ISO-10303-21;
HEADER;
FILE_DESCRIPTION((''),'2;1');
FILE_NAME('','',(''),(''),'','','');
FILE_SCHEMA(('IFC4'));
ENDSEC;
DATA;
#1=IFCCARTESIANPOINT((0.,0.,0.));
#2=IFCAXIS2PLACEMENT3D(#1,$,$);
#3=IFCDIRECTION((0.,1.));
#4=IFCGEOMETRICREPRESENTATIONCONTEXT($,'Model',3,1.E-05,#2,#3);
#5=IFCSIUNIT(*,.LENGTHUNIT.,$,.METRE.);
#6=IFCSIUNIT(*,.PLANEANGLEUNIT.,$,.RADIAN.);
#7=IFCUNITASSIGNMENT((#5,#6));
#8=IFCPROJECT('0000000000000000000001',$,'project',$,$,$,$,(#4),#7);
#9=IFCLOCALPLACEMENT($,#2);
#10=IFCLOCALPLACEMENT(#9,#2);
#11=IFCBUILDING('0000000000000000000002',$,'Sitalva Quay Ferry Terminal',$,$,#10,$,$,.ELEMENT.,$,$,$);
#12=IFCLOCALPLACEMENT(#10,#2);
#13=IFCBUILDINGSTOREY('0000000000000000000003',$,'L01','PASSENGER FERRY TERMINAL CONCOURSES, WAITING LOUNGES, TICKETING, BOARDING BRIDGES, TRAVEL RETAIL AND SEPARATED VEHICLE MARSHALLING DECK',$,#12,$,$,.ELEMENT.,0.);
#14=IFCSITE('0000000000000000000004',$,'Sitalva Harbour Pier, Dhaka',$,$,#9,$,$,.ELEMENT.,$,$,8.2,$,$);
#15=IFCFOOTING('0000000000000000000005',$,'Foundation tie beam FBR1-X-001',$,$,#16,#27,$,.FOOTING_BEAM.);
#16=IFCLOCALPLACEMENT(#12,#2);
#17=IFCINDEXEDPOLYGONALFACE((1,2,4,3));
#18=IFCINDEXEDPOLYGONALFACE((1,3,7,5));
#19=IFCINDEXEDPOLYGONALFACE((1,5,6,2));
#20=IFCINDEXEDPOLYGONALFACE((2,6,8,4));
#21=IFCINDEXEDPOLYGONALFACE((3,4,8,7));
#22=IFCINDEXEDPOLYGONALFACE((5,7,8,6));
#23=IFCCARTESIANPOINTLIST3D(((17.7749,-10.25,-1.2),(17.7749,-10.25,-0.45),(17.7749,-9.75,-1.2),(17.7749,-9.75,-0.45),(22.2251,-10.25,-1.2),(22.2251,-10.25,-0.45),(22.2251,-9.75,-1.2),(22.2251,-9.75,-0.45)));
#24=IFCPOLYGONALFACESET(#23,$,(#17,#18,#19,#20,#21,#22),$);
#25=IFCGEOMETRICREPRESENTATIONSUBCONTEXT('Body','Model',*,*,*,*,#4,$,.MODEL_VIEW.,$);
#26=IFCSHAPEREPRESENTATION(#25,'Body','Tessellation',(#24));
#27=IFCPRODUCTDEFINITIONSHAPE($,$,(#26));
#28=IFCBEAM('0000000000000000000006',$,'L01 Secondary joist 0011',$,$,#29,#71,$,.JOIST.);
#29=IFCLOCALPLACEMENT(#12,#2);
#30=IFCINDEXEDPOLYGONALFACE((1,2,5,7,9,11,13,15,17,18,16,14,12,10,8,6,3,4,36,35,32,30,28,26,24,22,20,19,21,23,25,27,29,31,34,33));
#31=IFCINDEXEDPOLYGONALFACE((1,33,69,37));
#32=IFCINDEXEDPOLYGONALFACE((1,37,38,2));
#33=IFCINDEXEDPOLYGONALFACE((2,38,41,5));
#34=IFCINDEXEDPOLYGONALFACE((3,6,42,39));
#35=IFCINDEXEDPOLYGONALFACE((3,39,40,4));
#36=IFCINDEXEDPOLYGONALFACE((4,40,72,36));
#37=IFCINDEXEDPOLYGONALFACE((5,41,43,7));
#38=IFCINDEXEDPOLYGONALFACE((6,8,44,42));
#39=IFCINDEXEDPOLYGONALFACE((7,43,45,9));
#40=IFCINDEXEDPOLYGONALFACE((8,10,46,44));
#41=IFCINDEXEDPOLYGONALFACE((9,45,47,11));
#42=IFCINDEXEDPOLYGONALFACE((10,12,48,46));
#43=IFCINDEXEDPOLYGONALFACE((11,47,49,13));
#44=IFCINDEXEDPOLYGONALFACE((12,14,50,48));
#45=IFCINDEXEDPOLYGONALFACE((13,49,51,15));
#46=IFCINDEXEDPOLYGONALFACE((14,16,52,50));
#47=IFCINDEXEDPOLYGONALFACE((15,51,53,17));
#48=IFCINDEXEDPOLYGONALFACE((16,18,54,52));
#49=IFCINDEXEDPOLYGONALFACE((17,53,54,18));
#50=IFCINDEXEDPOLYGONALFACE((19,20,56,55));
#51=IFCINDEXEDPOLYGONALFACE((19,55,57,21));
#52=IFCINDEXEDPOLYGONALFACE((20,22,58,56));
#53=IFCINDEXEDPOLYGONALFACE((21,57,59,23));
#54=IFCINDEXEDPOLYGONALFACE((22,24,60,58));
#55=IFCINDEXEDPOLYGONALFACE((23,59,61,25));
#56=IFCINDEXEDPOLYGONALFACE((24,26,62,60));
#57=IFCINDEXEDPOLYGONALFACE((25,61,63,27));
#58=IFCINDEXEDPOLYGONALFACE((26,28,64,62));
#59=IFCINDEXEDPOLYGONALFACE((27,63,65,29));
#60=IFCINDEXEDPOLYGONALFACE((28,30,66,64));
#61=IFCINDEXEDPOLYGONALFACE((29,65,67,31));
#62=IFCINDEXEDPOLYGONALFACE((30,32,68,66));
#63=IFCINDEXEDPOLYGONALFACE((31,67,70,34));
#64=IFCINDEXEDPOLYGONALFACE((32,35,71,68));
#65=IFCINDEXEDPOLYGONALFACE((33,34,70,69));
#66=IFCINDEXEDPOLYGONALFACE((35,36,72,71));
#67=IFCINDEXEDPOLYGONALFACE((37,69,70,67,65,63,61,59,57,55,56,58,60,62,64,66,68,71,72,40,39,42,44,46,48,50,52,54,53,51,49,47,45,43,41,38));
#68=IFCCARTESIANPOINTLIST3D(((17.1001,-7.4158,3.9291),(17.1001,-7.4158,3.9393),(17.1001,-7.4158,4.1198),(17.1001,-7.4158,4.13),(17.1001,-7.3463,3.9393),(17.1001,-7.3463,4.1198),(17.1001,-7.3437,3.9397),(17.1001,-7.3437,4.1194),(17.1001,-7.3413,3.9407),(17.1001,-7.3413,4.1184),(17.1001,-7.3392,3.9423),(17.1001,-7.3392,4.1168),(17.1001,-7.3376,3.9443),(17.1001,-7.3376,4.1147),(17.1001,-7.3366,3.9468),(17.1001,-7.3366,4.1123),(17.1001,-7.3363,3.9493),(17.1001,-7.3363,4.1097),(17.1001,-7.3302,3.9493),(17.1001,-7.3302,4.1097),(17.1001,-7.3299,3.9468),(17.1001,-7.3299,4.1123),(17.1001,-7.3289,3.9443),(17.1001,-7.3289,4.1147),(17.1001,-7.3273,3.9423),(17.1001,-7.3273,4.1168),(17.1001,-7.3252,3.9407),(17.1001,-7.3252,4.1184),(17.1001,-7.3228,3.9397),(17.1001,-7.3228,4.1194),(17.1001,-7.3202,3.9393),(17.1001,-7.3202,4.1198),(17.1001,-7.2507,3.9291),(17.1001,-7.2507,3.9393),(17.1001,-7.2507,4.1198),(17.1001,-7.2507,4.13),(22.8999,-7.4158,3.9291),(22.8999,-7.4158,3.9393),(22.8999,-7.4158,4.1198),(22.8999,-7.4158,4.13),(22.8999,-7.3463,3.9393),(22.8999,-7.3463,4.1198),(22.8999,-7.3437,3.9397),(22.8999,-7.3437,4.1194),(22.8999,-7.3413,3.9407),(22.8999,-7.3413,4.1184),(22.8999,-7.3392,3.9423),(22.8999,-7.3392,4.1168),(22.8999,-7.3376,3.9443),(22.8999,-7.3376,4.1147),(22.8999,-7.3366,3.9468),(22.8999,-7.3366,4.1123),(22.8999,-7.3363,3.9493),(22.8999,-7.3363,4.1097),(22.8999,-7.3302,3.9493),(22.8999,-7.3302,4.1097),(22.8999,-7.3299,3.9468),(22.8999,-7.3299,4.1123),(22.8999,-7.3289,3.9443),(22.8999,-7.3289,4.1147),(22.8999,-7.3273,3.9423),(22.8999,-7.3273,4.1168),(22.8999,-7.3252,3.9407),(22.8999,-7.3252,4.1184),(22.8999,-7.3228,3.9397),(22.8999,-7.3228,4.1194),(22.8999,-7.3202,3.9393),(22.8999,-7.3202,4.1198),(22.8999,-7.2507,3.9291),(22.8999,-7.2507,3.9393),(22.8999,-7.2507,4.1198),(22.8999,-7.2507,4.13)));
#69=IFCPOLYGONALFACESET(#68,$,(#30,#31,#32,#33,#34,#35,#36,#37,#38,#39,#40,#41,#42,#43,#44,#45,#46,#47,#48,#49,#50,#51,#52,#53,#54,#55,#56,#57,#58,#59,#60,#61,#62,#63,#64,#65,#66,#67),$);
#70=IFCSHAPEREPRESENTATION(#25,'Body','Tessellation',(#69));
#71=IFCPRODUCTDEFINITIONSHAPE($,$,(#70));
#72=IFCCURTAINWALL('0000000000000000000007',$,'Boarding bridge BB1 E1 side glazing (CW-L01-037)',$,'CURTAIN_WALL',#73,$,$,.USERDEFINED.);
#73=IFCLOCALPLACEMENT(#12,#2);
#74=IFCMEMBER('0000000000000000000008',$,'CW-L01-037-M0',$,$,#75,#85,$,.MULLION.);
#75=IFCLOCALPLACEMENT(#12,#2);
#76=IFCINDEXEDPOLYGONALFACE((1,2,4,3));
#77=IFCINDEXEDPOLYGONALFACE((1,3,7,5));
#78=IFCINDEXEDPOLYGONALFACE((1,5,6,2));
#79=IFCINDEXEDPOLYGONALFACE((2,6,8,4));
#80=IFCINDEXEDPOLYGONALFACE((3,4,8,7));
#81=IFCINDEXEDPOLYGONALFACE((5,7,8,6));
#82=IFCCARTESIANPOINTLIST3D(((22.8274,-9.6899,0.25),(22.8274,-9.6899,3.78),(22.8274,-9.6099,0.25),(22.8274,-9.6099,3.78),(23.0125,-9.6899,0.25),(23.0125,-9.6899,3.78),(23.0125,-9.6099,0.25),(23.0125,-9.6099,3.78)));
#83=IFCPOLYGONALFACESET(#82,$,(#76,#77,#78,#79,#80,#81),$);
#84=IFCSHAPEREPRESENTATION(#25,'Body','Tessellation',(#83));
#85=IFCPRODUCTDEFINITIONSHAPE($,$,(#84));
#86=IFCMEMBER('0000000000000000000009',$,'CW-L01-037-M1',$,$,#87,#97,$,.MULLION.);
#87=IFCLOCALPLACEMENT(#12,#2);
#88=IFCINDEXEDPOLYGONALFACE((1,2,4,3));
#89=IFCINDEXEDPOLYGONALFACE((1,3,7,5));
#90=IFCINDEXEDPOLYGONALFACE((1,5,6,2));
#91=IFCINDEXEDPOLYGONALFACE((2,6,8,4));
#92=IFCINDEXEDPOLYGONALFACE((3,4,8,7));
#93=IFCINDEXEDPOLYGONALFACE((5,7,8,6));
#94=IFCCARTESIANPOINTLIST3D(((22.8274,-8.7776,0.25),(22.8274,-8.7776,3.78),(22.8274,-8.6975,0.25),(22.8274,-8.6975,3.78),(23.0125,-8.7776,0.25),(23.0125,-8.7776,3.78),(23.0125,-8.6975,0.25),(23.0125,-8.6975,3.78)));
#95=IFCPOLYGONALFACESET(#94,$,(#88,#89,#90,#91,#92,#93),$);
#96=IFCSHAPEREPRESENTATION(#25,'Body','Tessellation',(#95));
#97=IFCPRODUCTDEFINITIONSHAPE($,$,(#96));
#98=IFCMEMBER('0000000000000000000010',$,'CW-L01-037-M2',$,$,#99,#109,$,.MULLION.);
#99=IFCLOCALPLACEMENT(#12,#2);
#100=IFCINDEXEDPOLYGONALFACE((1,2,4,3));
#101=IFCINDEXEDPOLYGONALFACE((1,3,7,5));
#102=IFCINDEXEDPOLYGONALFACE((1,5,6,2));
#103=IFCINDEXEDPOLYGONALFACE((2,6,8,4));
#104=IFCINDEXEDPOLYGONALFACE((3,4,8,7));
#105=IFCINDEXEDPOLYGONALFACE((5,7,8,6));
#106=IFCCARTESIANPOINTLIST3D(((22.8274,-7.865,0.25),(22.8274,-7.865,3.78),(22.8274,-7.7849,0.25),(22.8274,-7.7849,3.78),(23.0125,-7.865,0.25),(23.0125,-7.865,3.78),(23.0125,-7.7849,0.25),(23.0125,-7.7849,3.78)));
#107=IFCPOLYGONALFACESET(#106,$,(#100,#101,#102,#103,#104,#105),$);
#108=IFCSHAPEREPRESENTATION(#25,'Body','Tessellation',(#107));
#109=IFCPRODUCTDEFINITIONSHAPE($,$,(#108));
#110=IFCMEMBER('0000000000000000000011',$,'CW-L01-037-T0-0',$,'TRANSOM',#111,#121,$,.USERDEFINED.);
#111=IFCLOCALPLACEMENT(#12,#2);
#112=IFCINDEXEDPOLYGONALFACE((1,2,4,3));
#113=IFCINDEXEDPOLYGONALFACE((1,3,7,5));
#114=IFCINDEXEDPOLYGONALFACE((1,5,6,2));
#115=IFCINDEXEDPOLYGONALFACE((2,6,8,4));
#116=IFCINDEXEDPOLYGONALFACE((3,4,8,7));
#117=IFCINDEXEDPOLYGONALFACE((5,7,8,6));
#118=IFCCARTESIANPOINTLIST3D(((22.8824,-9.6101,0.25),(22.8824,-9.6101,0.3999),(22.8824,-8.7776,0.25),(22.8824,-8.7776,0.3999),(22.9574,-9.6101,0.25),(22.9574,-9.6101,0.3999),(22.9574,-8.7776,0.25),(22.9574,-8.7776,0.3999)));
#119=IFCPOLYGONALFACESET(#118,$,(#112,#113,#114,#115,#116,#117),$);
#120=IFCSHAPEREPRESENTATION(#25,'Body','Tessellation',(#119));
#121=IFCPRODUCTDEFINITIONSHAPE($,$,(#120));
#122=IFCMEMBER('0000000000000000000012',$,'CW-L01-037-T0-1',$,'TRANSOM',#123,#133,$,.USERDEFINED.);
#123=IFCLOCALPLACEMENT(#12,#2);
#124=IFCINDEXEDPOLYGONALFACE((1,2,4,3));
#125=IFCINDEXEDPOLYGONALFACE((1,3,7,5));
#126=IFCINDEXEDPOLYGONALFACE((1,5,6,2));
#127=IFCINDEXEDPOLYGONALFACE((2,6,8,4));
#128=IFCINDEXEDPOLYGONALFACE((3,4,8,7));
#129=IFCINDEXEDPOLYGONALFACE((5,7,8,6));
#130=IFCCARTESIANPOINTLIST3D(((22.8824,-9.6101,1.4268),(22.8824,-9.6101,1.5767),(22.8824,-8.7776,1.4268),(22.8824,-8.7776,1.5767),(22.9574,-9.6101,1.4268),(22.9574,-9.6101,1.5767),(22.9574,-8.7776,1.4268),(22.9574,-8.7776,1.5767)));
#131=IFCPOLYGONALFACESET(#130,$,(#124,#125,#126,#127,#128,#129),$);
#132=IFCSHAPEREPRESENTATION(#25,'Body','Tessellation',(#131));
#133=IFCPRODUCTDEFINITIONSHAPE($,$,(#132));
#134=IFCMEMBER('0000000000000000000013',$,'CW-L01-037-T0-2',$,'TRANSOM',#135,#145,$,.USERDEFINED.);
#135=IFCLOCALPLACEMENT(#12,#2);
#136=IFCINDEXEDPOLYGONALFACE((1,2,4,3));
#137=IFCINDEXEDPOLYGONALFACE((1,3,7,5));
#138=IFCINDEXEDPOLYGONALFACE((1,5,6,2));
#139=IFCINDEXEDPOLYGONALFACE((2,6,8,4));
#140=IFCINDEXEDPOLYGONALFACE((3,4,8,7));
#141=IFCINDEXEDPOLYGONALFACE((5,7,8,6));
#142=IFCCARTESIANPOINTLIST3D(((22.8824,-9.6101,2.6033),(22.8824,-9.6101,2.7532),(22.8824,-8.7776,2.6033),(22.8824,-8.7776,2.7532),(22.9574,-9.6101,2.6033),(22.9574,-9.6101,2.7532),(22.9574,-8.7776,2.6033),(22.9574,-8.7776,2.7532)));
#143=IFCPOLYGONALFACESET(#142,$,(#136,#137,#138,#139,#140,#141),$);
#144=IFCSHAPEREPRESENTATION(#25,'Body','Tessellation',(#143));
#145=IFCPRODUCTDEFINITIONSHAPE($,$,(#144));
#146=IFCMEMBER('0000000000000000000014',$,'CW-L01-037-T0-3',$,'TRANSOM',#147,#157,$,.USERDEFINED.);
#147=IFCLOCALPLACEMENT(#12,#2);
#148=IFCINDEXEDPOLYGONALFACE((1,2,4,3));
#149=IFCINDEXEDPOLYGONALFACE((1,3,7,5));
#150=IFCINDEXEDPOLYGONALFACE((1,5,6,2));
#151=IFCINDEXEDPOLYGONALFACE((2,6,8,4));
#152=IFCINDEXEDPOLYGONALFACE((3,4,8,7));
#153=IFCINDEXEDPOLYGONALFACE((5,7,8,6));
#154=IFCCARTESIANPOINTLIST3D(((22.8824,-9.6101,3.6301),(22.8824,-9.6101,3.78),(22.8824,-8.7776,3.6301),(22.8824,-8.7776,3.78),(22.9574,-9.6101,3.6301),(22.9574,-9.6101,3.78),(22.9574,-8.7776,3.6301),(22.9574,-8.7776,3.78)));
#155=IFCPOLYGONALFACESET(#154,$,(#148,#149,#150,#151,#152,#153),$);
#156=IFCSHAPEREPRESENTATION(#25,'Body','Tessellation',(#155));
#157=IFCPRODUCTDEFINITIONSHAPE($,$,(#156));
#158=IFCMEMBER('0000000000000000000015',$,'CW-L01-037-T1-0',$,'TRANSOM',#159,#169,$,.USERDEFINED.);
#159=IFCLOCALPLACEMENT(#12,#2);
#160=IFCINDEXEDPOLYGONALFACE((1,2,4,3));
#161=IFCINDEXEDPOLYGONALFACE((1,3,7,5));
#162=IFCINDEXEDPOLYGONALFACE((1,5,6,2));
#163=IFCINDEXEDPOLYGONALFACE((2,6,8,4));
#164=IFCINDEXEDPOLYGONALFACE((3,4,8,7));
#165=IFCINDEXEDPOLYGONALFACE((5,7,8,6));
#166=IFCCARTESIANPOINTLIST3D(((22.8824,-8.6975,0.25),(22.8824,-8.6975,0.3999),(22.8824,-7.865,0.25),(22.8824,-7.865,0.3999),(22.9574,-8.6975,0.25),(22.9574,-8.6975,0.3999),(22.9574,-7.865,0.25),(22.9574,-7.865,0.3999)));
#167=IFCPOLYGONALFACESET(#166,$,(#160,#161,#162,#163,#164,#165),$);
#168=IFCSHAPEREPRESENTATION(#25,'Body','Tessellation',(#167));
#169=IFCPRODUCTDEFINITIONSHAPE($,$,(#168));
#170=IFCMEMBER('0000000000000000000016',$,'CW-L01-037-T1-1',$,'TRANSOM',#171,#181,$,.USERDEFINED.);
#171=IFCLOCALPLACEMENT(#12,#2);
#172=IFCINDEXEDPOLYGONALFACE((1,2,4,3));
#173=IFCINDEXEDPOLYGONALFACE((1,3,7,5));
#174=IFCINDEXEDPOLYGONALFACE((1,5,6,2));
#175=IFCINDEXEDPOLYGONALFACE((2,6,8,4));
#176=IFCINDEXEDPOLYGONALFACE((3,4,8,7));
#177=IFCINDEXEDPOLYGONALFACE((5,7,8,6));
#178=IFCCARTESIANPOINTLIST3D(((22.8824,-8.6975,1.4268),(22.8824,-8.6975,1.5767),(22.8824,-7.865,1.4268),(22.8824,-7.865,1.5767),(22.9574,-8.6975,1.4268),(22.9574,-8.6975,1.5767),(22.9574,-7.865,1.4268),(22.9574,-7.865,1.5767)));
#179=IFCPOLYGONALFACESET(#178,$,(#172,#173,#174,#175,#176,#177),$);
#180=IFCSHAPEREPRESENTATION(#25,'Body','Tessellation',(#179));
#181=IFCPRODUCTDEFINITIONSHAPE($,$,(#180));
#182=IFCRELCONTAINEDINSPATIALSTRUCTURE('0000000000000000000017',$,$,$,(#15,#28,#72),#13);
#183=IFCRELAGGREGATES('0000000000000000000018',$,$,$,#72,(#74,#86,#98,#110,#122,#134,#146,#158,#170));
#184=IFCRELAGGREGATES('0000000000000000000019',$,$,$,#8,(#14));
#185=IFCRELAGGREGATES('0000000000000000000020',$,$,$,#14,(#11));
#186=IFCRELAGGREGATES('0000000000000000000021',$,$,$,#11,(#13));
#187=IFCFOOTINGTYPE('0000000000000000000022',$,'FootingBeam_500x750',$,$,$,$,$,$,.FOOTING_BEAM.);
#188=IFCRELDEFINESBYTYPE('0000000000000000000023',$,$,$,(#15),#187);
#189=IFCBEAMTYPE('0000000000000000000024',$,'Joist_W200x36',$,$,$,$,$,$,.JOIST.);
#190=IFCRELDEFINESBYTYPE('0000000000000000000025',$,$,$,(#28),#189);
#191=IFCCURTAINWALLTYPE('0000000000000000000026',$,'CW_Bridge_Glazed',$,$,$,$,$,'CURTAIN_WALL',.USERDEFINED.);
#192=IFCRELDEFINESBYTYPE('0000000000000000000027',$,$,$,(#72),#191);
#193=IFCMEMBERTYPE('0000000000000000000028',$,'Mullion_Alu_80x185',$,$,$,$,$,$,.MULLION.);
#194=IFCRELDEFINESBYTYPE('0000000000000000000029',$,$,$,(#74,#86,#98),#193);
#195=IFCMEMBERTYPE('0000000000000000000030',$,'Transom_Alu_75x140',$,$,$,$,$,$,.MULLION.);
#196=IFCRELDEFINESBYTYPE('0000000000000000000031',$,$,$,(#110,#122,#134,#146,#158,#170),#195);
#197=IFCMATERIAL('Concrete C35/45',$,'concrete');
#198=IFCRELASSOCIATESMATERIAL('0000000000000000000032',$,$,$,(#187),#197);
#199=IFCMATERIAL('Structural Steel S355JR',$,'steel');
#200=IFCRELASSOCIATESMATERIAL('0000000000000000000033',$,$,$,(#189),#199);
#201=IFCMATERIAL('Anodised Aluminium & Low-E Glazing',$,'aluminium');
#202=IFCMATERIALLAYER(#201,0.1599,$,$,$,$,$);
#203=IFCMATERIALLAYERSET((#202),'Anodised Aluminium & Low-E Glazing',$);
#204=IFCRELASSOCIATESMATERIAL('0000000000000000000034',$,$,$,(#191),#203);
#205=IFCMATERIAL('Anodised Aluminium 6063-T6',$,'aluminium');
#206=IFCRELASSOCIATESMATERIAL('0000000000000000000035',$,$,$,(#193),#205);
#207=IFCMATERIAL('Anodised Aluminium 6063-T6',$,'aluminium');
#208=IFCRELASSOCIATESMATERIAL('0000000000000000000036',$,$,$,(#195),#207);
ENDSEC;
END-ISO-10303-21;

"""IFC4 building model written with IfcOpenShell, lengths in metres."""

from ifc_helpers import new_model, si_unit, direction, frame, origin, origin_2d, place, context, subcontext, project, spatial, rectangle, i_section, extrude, material, layer, layer_set, material_profile, profile_set, type_object, element, aggregate, save


model = new_model("IFC4")

# Units and contexts
model_context = context("Model", 3, precision=1e-05, world=origin(), true_north=direction((0.0, 1.0)))
body_context = subcontext(model_context, "Body", "Model", "MODEL_VIEW")
ifc_project = project(units=[si_unit("LENGTHUNIT", "METRE"), si_unit("PLANEANGLEUNIT", "RADIAN")], contexts=[model_context])

# Site, building, storey
site_placement = place(None, origin())
site = spatial("IfcSite", under=ifc_project, at=site_placement, Name="Sitalva Harbour Pier, Dhaka", CompositionType="ELEMENT", RefElevation=8.2)
building_placement = place(site_placement, origin())
building = spatial("IfcBuilding", under=site, at=building_placement, Name="Sitalva Quay Ferry Terminal", CompositionType="ELEMENT")
storey_placement = place(building_placement, origin())
storey = spatial("IfcBuildingStorey", under=building, at=storey_placement, Name="L01", Description="PASSENGER FERRY TERMINAL CONCOURSES, WAITING LOUNGES, TICKETING, BOARDING BRIDGES, TRAVEL RETAIL AND SEPARATED VEHICLE MARSHALLING DECK", CompositionType="ELEMENT", Elevation=0.0)

# Footing
ifc_material_1 = material(Name="Concrete C35/45", Category="concrete")
ifc_material_profile_1 = material_profile(ifc_material_1, rectangle(XDim=0.5, YDim=0.75, at=origin_2d()), Name="RC500x750")
ifc_profile_set_1 = profile_set([ifc_material_profile_1], Name="Concrete C35/45")
footing_type = type_object("IfcFootingType", Name="FootingBeam_500x750", PredefinedType="FOOTING_BEAM", material=ifc_profile_set_1)
footing_placement = place(storey_placement, frame((17.7749, -10.0, -0.825), z_axis=(1.0, 0.0, 0.0), x_axis=(0.0, 1.0, 0.0)))
element("IfcFooting", 1, at=footing_placement, inside=storey, type_object=footing_type, Name="Foundation tie beam FBR1-X-001", PredefinedType="FOOTING_BEAM", context=body_context, shape_type="SweptSolid", body=[
    extrude(rectangle(XDim=0.5, YDim=0.75, at=origin_2d()), origin(), (0.0, 0.0, 1.0), 4.4502),
])

# Beam
ifc_material_2 = material(Name="Structural Steel S355JR", Category="steel")
ifc_material_profile_2 = material_profile(ifc_material_2, i_section(OverallWidth=0.165, OverallDepth=0.2009, WebThickness=0.0061, FlangeThickness=0.0103, FilletRadius=0.01, at=origin_2d()), Name="W200x36")
ifc_profile_set_2 = profile_set([ifc_material_profile_2], Name="Structural Steel S355JR")
beam_type = type_object("IfcBeamType", Name="Joist_W200x36", PredefinedType="JOIST", material=ifc_profile_set_2)
beam_placement = place(storey_placement, frame((17.1001, -7.3333, 4.0295), z_axis=(1.0, 0.0, 0.0), x_axis=(0.0, 1.0, 0.0)))
element("IfcBeam", 2, at=beam_placement, inside=storey, type_object=beam_type, Name="L01 Secondary joist 0011", PredefinedType="JOIST", context=body_context, shape_type="SweptSolid", body=[
    extrude(i_section(OverallWidth=0.165, OverallDepth=0.2009, WebThickness=0.0061, FlangeThickness=0.0103, FilletRadius=0.01, at=origin_2d()), origin(), (0.0, 0.0, 1.0), 5.7998),
])

# Curtain wall, members
ifc_material_3 = material(Name="Anodised Aluminium & Low-E Glazing", Category="aluminium")
ifc_layer_1 = layer(ifc_material_3, 0.1599)
ifc_layer_set_1 = layer_set([ifc_layer_1], Name="Anodised Aluminium & Low-E Glazing")
curtain_wall_type = type_object("IfcCurtainWallType", Name="CW_Bridge_Glazed", ElementType="CURTAIN_WALL", PredefinedType="USERDEFINED", material=ifc_layer_set_1)
curtain_wall_placement = place(storey_placement, origin())
curtain_wall = element("IfcCurtainWall", 3, at=curtain_wall_placement, inside=storey, type_object=curtain_wall_type, Name="Boarding bridge BB1 E1 side glazing (CW-L01-037)", ObjectType="CURTAIN_WALL", PredefinedType="USERDEFINED")
ifc_material_4 = material(Name="Anodised Aluminium 6063-T6", Category="aluminium")
ifc_material_profile_3 = material_profile(ifc_material_4, rectangle(XDim=0.0801, YDim=0.1851, at=origin_2d()), Name="ALU80x185")
ifc_profile_set_3 = profile_set([ifc_material_profile_3], Name="Anodised Aluminium 6063-T6")
member_type_1 = type_object("IfcMemberType", Name="Mullion_Alu_80x185", PredefinedType="MULLION", material=ifc_profile_set_3)
member_1_placement = place(storey_placement, frame((22.9199, -9.6499, 0.25), z_axis=(0.0, 0.0, 1.0), x_axis=(0.0, 1.0, 0.0)))
member_1 = element("IfcMember", 4, at=member_1_placement, type_object=member_type_1, Name="CW-L01-037-M0", PredefinedType="MULLION", context=body_context, shape_type="SweptSolid", body=[
    extrude(rectangle(XDim=0.0801, YDim=0.1851, at=origin_2d()), origin(), (0.0, 0.0, 1.0), 3.53),
])
member_2_placement = place(storey_placement, frame((22.9199, -8.7375, 0.25), z_axis=(0.0, 0.0, 1.0), x_axis=(0.0, 1.0, 0.0)))
member_2 = element("IfcMember", 5, at=member_2_placement, type_object=member_type_1, Name="CW-L01-037-M1", PredefinedType="MULLION", context=body_context, shape_type="SweptSolid", body=[
    extrude(rectangle(XDim=0.0801, YDim=0.1851, at=origin_2d()), origin(), (0.0, 0.0, 1.0), 3.53),
])
member_3_placement = place(storey_placement, frame((22.9199, -7.825, 0.25), z_axis=(0.0, 0.0, 1.0), x_axis=(0.0, 1.0, 0.0)))
member_3 = element("IfcMember", 6, at=member_3_placement, type_object=member_type_1, Name="CW-L01-037-M2", PredefinedType="MULLION", context=body_context, shape_type="SweptSolid", body=[
    extrude(rectangle(XDim=0.0801, YDim=0.1851, at=origin_2d()), origin(), (0.0, 0.0, 1.0), 3.53),
])
ifc_material_5 = material(Name="Anodised Aluminium 6063-T6", Category="aluminium")
ifc_material_profile_4 = material_profile(ifc_material_5, rectangle(XDim=0.075, YDim=0.1499, at=origin_2d()), Name="ALU75x150")
ifc_profile_set_4 = profile_set([ifc_material_profile_4], Name="Anodised Aluminium 6063-T6")
member_type_2 = type_object("IfcMemberType", Name="Transom_Alu_75x140", PredefinedType="MULLION", material=ifc_profile_set_4)
member_4_placement = place(storey_placement, frame((22.9199, -9.6101, 0.325), z_axis=(0.0, 1.0, 0.0), x_axis=(-1.0, 0.0, 0.0)))
member_4 = element("IfcMember", 7, at=member_4_placement, type_object=member_type_2, Name="CW-L01-037-T0-0", ObjectType="TRANSOM", PredefinedType="USERDEFINED", context=body_context, shape_type="SweptSolid", body=[
    extrude(rectangle(XDim=0.075, YDim=0.1499, at=origin_2d()), origin(), (0.0, 0.0, 1.0), 0.8325),
])
member_5_placement = place(storey_placement, frame((22.9199, -9.6101, 1.5017), z_axis=(0.0, 1.0, 0.0), x_axis=(-1.0, 0.0, 0.0)))
member_5 = element("IfcMember", 8, at=member_5_placement, type_object=member_type_2, Name="CW-L01-037-T0-1", ObjectType="TRANSOM", PredefinedType="USERDEFINED", context=body_context, shape_type="SweptSolid", body=[
    extrude(rectangle(XDim=0.075, YDim=0.1499, at=origin_2d()), origin(), (0.0, 0.0, 1.0), 0.8325),
])
member_6_placement = place(storey_placement, frame((22.9199, -9.6101, 2.6782), z_axis=(0.0, 1.0, 0.0), x_axis=(-1.0, 0.0, 0.0)))
member_6 = element("IfcMember", 9, at=member_6_placement, type_object=member_type_2, Name="CW-L01-037-T0-2", ObjectType="TRANSOM", PredefinedType="USERDEFINED", context=body_context, shape_type="SweptSolid", body=[
    extrude(rectangle(XDim=0.075, YDim=0.1499, at=origin_2d()), origin(), (0.0, 0.0, 1.0), 0.8325),
])
member_7_placement = place(storey_placement, frame((22.9199, -9.6101, 3.7051), z_axis=(0.0, 1.0, 0.0), x_axis=(-1.0, 0.0, 0.0)))
member_7 = element("IfcMember", 10, at=member_7_placement, type_object=member_type_2, Name="CW-L01-037-T0-3", ObjectType="TRANSOM", PredefinedType="USERDEFINED", context=body_context, shape_type="SweptSolid", body=[
    extrude(rectangle(XDim=0.075, YDim=0.1499, at=origin_2d()), origin(), (0.0, 0.0, 1.0), 0.8325),
])
member_8_placement = place(storey_placement, frame((22.9199, -8.6975, 0.325), z_axis=(0.0, 1.0, 0.0), x_axis=(-1.0, 0.0, 0.0)))
member_8 = element("IfcMember", 11, at=member_8_placement, type_object=member_type_2, Name="CW-L01-037-T1-0", ObjectType="TRANSOM", PredefinedType="USERDEFINED", context=body_context, shape_type="SweptSolid", body=[
    extrude(rectangle(XDim=0.075, YDim=0.1499, at=origin_2d()), origin(), (0.0, 0.0, 1.0), 0.8325),
])
member_9_placement = place(storey_placement, frame((22.9199, -8.6975, 1.5017), z_axis=(0.0, 1.0, 0.0), x_axis=(-1.0, 0.0, 0.0)))
member_9 = element("IfcMember", 12, at=member_9_placement, type_object=member_type_2, Name="CW-L01-037-T1-1", ObjectType="TRANSOM", PredefinedType="USERDEFINED", context=body_context, shape_type="SweptSolid", body=[
    extrude(rectangle(XDim=0.075, YDim=0.1499, at=origin_2d()), origin(), (0.0, 0.0, 1.0), 0.8325),
])
aggregate(curtain_wall, [member_1, member_2, member_3, member_4, member_5, member_6, member_7, member_8, member_9])

save(model, "model.ifc")
